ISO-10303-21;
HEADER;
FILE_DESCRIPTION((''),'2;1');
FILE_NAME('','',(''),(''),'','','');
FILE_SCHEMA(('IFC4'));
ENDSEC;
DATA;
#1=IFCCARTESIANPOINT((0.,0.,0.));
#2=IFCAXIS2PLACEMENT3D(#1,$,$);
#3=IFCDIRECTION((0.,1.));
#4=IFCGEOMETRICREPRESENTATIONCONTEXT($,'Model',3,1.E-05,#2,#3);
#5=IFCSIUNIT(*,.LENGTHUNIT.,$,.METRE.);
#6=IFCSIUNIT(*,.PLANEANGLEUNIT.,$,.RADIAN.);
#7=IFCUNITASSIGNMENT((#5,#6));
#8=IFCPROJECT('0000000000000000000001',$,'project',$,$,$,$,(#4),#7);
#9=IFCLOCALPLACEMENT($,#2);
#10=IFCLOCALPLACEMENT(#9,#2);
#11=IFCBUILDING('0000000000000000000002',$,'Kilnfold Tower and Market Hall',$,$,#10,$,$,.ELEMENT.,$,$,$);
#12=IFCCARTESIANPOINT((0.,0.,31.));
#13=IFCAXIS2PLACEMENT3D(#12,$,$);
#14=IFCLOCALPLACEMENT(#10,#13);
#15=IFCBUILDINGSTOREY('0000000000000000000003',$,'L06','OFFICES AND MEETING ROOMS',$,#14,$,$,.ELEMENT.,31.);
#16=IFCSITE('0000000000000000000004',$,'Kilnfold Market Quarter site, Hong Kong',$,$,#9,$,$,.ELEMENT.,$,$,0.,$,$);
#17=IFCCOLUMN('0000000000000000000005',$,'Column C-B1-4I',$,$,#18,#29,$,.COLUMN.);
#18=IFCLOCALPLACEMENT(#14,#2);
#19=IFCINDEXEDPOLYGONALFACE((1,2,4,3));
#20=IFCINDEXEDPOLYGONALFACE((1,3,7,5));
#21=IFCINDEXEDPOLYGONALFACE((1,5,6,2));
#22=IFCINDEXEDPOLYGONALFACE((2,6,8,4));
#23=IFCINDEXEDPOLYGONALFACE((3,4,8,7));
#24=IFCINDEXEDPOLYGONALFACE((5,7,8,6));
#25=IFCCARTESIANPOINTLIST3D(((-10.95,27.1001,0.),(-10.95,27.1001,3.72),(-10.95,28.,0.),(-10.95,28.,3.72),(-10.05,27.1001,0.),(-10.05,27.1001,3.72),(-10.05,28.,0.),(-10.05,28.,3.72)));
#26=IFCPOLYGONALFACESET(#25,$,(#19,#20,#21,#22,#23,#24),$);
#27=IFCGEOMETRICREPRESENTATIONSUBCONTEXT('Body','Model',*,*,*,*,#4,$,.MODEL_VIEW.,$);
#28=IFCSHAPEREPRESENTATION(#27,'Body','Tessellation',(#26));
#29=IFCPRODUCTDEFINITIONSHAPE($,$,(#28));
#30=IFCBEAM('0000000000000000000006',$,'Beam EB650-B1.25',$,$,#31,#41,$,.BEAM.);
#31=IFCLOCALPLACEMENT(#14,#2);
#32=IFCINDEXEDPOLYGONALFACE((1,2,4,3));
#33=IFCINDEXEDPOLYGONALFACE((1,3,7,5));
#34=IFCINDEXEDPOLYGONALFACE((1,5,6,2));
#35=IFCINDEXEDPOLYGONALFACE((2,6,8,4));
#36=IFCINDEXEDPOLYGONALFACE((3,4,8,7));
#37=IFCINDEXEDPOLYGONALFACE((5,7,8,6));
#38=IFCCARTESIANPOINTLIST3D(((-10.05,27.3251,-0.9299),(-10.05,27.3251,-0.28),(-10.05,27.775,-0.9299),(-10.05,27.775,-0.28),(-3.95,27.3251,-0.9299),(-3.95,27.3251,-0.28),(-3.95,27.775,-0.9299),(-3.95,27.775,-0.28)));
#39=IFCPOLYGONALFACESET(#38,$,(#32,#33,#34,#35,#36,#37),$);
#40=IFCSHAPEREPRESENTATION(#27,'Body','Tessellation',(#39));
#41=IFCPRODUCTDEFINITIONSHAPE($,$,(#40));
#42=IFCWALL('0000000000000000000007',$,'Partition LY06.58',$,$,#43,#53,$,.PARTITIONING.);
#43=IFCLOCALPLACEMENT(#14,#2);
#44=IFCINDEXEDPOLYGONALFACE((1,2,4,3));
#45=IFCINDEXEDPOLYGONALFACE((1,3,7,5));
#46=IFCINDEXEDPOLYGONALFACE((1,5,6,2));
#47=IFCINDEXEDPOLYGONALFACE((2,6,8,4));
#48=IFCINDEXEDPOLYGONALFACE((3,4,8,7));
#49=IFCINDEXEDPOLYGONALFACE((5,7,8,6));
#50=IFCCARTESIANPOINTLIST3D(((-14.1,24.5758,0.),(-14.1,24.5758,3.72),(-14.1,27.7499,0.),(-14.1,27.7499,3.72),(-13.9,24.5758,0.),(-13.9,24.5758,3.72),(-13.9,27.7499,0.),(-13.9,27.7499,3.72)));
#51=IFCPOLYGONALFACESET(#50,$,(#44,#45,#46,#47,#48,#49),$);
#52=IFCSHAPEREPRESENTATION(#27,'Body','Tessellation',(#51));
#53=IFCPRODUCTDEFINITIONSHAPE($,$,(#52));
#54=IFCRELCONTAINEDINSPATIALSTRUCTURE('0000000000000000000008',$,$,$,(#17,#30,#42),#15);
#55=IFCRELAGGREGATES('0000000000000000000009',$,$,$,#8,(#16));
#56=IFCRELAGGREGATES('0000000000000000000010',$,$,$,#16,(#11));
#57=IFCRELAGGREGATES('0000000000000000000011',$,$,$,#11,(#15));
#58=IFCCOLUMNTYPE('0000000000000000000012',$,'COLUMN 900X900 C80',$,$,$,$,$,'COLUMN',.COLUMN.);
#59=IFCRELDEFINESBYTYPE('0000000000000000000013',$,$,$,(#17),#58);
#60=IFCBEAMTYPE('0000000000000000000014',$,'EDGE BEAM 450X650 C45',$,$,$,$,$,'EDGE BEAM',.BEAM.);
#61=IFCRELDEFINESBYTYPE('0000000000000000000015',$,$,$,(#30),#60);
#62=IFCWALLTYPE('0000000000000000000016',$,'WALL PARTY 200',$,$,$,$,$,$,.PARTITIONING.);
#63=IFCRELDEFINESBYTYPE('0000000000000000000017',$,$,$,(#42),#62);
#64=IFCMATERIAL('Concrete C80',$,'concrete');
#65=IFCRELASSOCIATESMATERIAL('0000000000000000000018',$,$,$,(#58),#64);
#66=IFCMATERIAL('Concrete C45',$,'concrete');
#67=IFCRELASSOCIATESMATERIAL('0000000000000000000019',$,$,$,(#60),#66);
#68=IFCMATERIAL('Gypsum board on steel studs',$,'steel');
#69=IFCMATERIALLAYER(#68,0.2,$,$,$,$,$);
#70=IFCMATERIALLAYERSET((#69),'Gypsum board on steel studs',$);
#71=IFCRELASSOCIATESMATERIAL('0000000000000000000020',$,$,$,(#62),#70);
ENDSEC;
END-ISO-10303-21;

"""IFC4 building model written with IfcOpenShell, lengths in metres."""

from ifc_helpers import new_model, si_unit, direction, frame, frame_2d, origin, origin_2d, place, context, subcontext, project, spatial, rectangle, extrude, source, transform, mapped, material, layer, layer_set, material_profile, profile_set, type_object, element, save


model = new_model("IFC4")

# Units and contexts
model_context = context("Model", 3, precision=1e-05, world=origin(), true_north=direction((0.0, 1.0)))
body_context = subcontext(model_context, "Body", "Model", "MODEL_VIEW")
ifc_project = project(units=[si_unit("LENGTHUNIT", "METRE"), si_unit("PLANEANGLEUNIT", "RADIAN")], contexts=[model_context])

# Site, building, storey
site_placement = place(None, origin())
site = spatial("IfcSite", under=ifc_project, at=site_placement, Name="Kilnfold Market Quarter site, Hong Kong", CompositionType="ELEMENT", RefElevation=0.0)
building_placement = place(site_placement, origin())
building = spatial("IfcBuilding", under=site, at=building_placement, Name="Kilnfold Tower and Market Hall", CompositionType="ELEMENT")
storey_placement = place(building_placement, frame((0.0, 0.0, 31.0)))
storey = spatial("IfcBuildingStorey", under=building, at=storey_placement, Name="L06", Description="OFFICES AND MEETING ROOMS", CompositionType="ELEMENT", Elevation=31.0)

# Column
ifc_material_1 = material(Name="Concrete C80", Category="concrete")
ifc_material_profile_1 = material_profile(ifc_material_1, rectangle(XDim=0.8999, YDim=0.8999, at=origin_2d()), Name="RC 900x900")
ifc_profile_set_1 = profile_set([ifc_material_profile_1], Name="Concrete C80")
column_type = type_object("IfcColumnType", Name="COLUMN 900X900 C80", ElementType="COLUMN", PredefinedType="COLUMN", material=ifc_profile_set_1)
shared_shape_1 = source(origin(), body_context, "Body", "SweptSolid", [
    extrude(rectangle(XDim=0.8999, YDim=0.8999, at=origin_2d()), origin(), (0.0, 0.0, 1.0), 3.72),
])
column_placement = place(storey_placement, frame((-10.5, 27.55, 0.0), z_axis=(0.0, 0.0, 1.0), x_axis=(1.0, 0.0, 0.0)))
element("IfcColumn", 1, at=column_placement, inside=storey, type_object=column_type, Name="Column C-B1-4I", PredefinedType="COLUMN", context=body_context, shape_type="MappedRepresentation", body=[
    mapped(shared_shape_1, transform((0.0, 0.0, 0.0))),
])

# Beam
ifc_material_2 = material(Name="Concrete C45", Category="concrete")
ifc_material_profile_2 = material_profile(ifc_material_2, rectangle(XDim=0.45, YDim=0.6499, at=origin_2d()), Name="RC 450x650")
ifc_profile_set_2 = profile_set([ifc_material_profile_2], Name="Concrete C45")
beam_type = type_object("IfcBeamType", Name="EDGE BEAM 450X650 C45", ElementType="EDGE BEAM", PredefinedType="BEAM", material=ifc_profile_set_2)
shared_shape_2 = source(origin(), body_context, "Body", "SweptSolid", [
    extrude(rectangle(XDim=0.45, YDim=0.6499, at=origin_2d()), origin(), (0.0, 0.0, 1.0), 6.1001),
])
beam_placement = place(storey_placement, frame((-10.05, 27.55, -0.605), z_axis=(1.0, 0.0, 0.0), x_axis=(0.0, 1.0, 0.0)))
element("IfcBeam", 2, at=beam_placement, inside=storey, type_object=beam_type, Name="Beam EB650-B1.25", PredefinedType="BEAM", context=body_context, shape_type="MappedRepresentation", body=[
    mapped(shared_shape_2, transform((0.0, 0.0, 0.0))),
])

# Wall
ifc_material_3 = material(Name="Gypsum board on steel studs", Category="steel")
ifc_layer_1 = layer(ifc_material_3, 0.2)
ifc_layer_set_1 = layer_set([ifc_layer_1], Name="Gypsum board on steel studs")
wall_type_1 = type_object("IfcWallType", Name="WALL PARTY 200", PredefinedType="PARTITIONING", material=ifc_layer_set_1)
wall_1_placement = place(storey_placement, frame((-14.0, 24.5759, 0.0), z_axis=(0.0, 0.0, 1.0), x_axis=(0.0, 1.0, 0.0)))
element("IfcWall", 3, at=wall_1_placement, inside=storey, type_object=wall_type_1, Name="Partition LY06.58", PredefinedType="PARTITIONING", context=body_context, shape_type="SweptSolid", body=[
    extrude(rectangle(XDim=3.1741, YDim=0.2, at=frame_2d((1.5869, 0.0))), origin(), (0.0, 0.0, 1.0), 3.72),
])

save(model, "model.ifc")
